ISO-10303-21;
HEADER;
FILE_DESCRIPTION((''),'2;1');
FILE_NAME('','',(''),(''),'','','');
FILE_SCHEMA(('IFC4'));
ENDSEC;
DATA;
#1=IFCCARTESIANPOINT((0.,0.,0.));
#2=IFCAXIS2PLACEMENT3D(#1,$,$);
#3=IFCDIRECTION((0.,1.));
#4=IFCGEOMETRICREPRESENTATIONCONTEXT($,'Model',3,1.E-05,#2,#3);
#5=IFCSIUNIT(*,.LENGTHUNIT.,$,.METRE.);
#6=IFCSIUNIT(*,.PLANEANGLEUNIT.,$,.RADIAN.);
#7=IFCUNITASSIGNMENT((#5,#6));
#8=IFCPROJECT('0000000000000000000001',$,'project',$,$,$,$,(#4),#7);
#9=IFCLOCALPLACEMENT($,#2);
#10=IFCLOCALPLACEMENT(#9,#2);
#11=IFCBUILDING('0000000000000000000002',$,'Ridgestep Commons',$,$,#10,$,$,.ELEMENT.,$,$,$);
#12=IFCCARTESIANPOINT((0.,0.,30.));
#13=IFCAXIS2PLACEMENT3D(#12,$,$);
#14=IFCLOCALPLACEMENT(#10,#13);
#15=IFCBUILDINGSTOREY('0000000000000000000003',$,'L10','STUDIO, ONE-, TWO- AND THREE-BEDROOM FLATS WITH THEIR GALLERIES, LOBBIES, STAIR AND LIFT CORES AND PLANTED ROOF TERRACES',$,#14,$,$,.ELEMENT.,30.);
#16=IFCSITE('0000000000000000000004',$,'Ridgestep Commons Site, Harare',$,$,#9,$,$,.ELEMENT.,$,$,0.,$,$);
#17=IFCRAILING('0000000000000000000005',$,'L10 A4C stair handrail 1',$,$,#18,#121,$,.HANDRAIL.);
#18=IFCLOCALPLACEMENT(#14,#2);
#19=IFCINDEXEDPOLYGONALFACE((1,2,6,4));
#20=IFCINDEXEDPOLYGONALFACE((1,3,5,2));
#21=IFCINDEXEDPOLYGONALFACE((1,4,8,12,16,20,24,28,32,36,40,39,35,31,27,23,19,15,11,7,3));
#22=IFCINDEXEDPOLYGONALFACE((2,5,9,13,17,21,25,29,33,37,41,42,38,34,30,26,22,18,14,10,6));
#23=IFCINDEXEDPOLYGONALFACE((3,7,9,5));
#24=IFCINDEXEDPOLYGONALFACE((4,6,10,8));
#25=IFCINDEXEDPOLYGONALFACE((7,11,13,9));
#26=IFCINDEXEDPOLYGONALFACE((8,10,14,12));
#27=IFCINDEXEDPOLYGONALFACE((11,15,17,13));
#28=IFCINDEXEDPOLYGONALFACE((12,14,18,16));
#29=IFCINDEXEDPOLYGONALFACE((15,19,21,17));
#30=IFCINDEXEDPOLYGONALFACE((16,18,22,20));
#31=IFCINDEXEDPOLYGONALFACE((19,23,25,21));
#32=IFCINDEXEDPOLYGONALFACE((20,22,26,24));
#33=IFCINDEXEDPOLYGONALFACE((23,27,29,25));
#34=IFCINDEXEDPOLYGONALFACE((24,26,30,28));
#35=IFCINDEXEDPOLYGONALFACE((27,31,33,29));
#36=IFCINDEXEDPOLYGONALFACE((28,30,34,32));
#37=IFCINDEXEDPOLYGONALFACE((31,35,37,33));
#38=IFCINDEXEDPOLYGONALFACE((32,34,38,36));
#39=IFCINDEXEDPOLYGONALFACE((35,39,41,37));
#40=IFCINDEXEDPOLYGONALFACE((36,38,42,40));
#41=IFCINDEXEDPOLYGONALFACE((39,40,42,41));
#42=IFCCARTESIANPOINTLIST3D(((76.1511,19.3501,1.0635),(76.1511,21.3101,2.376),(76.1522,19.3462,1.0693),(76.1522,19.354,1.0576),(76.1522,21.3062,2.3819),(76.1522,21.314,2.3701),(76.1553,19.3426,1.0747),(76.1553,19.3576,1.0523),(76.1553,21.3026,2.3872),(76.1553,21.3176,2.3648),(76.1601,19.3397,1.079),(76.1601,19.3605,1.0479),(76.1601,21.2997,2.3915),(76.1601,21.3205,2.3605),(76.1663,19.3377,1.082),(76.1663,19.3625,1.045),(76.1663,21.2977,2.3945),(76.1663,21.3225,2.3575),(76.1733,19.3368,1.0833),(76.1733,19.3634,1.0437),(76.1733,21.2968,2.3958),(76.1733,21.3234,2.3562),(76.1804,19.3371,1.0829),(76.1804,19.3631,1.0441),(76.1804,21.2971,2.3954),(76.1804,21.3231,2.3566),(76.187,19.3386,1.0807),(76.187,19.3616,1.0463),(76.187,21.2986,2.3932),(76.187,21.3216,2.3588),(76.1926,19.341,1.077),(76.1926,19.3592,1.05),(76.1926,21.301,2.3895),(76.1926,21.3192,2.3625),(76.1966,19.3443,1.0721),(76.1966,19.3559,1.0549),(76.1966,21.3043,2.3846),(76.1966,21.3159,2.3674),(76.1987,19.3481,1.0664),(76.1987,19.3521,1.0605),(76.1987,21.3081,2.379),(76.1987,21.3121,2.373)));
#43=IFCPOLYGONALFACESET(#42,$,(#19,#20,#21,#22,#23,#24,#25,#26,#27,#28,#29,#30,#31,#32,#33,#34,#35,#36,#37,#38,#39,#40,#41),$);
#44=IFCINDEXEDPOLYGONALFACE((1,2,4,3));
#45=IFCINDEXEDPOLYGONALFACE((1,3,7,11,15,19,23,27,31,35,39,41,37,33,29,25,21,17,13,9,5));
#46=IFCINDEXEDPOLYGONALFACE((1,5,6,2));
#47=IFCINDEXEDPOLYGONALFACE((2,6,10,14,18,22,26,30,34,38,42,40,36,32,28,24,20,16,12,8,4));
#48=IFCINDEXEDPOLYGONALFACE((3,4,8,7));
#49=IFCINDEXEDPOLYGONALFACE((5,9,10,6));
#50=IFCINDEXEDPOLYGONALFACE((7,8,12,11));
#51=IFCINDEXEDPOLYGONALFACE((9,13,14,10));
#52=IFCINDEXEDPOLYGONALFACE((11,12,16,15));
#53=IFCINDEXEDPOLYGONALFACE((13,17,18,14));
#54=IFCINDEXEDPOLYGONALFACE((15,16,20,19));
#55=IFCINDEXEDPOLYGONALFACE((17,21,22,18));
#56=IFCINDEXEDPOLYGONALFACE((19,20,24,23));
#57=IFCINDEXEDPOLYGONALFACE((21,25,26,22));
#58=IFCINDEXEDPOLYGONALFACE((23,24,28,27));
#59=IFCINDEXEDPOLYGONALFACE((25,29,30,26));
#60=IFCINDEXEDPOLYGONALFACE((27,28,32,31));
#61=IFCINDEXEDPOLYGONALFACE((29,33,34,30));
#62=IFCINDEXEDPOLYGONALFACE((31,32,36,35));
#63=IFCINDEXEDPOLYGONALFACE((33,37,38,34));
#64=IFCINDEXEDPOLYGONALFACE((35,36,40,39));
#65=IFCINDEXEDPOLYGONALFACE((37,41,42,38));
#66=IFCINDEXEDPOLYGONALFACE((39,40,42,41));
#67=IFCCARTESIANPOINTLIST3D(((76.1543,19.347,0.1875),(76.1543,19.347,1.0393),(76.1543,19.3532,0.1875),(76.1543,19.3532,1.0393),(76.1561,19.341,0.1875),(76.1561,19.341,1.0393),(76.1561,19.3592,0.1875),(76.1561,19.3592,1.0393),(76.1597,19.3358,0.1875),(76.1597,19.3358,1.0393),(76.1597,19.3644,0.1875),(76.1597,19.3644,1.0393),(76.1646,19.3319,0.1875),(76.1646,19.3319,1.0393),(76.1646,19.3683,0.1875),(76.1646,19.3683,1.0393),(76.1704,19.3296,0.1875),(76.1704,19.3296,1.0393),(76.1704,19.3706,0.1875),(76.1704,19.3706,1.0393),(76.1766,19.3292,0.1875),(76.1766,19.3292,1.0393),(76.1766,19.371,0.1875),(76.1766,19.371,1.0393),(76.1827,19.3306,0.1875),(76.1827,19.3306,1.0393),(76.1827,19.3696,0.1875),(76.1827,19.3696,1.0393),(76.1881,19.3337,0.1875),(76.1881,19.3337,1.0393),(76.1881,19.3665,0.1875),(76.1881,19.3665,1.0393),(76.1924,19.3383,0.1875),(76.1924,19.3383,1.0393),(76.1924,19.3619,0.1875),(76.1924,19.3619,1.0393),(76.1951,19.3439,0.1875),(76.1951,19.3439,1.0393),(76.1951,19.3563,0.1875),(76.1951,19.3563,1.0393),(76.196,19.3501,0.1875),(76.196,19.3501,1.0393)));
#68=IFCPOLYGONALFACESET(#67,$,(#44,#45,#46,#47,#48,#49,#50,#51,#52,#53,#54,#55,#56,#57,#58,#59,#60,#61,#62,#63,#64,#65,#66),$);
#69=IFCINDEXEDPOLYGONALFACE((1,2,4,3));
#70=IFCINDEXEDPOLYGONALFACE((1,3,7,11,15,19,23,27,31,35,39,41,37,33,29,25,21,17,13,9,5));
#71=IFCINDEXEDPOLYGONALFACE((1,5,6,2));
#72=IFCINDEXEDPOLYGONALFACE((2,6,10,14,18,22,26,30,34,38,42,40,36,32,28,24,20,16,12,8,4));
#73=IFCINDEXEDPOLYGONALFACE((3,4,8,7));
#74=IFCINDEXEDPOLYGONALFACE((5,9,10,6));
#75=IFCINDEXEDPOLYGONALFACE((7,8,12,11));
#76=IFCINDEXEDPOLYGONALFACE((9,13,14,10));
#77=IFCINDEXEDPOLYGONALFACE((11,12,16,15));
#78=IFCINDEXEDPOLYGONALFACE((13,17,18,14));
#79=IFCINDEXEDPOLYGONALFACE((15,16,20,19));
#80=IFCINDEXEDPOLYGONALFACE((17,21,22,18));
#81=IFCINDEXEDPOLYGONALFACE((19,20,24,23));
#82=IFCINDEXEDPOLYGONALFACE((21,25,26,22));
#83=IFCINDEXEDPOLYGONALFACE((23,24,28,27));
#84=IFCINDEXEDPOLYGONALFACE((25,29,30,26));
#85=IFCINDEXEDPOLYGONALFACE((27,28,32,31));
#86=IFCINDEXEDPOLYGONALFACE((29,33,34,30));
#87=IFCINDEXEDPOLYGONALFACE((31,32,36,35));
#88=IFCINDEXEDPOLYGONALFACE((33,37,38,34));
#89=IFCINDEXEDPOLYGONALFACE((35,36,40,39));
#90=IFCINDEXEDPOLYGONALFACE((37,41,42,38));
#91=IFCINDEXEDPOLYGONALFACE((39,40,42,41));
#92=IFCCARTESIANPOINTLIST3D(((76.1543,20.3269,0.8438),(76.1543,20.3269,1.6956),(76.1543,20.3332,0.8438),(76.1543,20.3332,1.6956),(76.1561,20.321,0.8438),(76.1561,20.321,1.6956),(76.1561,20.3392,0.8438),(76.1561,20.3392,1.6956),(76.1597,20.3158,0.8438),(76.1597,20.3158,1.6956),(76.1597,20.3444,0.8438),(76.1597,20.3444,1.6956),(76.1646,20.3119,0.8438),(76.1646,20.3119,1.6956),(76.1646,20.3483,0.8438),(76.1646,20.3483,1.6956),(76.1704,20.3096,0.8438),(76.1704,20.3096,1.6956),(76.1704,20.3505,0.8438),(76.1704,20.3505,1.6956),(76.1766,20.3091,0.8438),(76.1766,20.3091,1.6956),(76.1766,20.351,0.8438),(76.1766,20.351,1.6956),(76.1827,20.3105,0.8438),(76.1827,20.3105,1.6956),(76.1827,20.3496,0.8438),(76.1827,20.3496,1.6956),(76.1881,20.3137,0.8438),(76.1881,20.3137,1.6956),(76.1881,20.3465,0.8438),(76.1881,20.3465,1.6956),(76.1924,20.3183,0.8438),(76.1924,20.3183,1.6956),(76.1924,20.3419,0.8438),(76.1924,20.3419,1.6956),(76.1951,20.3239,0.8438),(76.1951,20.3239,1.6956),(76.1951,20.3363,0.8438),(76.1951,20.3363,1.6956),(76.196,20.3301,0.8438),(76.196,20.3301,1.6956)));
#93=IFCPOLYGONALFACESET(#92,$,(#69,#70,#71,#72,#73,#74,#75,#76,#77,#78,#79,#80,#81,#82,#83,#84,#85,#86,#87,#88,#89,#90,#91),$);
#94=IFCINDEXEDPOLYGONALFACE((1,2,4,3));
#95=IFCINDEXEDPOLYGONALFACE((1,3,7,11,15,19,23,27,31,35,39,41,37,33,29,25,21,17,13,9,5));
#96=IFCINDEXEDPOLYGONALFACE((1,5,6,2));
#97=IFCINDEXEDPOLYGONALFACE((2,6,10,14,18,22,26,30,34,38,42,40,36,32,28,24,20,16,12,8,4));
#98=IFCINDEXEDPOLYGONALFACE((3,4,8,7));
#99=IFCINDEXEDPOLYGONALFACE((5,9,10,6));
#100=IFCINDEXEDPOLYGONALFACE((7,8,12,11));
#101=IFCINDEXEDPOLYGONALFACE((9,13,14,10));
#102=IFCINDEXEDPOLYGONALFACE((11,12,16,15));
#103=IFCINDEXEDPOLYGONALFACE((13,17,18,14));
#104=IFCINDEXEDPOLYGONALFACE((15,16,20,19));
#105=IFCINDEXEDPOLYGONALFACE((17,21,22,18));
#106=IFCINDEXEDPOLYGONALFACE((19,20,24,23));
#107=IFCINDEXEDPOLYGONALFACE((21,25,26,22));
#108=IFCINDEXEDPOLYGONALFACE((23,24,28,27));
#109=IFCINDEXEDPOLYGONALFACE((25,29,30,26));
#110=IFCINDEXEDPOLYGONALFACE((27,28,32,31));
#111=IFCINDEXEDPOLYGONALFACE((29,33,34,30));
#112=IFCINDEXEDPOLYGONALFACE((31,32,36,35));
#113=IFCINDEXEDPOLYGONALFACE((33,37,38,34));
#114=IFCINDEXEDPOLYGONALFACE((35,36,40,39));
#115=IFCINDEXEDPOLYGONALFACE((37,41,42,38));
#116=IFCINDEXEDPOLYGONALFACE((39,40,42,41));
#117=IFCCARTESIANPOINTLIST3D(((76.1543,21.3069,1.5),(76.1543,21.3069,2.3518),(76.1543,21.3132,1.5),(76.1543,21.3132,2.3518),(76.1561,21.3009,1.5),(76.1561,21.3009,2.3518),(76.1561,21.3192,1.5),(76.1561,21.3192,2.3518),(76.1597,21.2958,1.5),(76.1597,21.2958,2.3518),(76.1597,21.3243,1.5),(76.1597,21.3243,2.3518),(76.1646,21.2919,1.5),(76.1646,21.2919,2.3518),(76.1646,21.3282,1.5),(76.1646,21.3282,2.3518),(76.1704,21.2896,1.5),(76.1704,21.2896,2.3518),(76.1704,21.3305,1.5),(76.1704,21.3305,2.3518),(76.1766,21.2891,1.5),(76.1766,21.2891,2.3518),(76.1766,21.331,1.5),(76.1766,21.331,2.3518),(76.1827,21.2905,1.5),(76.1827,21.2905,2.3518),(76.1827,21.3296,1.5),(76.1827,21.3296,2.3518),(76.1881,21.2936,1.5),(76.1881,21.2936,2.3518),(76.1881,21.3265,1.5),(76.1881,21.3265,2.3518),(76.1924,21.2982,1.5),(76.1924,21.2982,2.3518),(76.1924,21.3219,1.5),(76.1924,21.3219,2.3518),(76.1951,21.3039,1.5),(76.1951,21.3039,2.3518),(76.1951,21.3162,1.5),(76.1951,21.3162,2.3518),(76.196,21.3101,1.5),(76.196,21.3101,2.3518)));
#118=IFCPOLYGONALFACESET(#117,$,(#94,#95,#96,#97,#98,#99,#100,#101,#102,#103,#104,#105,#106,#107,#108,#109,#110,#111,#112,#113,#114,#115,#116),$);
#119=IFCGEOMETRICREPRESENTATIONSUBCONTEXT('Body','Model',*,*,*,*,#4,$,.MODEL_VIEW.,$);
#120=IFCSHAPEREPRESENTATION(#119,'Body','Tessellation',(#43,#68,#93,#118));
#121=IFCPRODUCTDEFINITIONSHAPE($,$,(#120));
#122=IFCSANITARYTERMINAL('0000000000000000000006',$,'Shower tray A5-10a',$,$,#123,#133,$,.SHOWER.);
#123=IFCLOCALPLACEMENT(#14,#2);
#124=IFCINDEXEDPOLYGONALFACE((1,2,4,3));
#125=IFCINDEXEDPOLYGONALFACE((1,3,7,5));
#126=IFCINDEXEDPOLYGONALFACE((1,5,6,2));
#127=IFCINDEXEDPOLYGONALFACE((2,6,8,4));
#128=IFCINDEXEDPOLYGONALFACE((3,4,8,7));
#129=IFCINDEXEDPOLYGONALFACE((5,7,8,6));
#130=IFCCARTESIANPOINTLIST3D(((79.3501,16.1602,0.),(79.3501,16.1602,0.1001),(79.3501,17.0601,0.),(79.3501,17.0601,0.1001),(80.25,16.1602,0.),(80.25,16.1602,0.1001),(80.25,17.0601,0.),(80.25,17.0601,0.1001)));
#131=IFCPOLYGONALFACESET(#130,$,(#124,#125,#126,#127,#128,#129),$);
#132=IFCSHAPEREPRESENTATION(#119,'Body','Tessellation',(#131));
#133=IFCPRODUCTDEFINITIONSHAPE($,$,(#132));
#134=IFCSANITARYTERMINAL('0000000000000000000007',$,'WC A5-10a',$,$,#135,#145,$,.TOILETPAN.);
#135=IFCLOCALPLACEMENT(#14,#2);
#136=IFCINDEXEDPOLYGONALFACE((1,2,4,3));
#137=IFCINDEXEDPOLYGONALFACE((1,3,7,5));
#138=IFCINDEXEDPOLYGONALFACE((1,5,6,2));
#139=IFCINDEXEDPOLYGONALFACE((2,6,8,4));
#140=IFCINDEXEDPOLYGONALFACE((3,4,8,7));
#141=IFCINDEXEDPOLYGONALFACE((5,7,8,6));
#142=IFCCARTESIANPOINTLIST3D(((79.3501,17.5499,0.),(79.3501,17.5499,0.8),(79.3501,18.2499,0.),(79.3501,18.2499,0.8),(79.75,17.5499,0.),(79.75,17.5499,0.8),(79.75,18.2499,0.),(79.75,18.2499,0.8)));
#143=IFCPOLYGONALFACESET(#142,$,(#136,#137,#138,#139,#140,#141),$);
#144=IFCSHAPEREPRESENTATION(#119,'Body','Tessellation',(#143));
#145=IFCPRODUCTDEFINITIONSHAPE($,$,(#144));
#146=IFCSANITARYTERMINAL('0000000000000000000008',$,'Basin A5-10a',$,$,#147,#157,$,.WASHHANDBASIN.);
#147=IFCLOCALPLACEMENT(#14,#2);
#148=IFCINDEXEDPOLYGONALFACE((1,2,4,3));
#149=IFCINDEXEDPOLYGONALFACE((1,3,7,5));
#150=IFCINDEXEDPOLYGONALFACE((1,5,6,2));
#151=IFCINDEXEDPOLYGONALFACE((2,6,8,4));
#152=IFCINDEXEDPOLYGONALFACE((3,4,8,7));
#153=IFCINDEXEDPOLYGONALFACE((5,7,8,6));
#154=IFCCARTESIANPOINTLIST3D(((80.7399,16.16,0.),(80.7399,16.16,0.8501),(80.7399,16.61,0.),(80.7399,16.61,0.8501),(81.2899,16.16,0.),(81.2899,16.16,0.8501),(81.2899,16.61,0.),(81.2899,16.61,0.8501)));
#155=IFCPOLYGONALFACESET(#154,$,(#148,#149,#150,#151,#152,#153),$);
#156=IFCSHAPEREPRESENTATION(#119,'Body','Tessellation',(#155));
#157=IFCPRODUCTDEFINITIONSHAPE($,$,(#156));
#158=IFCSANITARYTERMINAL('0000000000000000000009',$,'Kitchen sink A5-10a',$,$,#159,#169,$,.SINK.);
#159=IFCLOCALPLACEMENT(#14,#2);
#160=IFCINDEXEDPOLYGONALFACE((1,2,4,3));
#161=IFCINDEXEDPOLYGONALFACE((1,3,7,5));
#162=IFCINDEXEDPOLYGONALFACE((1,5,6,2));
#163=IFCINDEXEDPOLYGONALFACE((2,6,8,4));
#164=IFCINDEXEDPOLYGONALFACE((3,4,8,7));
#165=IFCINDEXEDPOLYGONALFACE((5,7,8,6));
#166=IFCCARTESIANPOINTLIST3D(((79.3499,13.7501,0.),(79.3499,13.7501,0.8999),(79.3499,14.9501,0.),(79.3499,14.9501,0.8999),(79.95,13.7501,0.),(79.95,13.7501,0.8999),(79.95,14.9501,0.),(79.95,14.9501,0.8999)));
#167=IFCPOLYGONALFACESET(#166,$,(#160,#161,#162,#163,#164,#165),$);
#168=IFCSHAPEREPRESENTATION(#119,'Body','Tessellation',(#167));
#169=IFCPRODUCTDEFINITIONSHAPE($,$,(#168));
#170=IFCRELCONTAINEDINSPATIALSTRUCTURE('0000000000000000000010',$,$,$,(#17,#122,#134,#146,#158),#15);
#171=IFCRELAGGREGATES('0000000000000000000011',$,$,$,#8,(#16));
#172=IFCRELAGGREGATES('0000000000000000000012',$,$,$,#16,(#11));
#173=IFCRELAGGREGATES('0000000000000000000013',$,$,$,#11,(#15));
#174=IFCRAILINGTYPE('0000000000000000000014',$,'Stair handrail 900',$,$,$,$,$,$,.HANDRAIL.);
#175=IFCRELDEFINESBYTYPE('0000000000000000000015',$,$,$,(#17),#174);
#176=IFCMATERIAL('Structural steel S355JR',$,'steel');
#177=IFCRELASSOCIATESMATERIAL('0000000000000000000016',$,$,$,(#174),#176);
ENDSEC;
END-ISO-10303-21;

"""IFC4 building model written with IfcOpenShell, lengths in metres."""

from ifc_helpers import new_model, si_unit, direction, frame, origin, origin_2d, place, context, subcontext, project, spatial, rectangle, circle, extrude, material, type_object, element, save


model = new_model("IFC4")

# Units and contexts
model_context = context("Model", 3, precision=1e-05, world=origin(), true_north=direction((0.0, 1.0)))
body_context = subcontext(model_context, "Body", "Model", "MODEL_VIEW")
ifc_project = project(units=[si_unit("LENGTHUNIT", "METRE"), si_unit("PLANEANGLEUNIT", "RADIAN")], contexts=[model_context])

# Site, building, storey
site_placement = place(None, origin())
site = spatial("IfcSite", under=ifc_project, at=site_placement, Name="Ridgestep Commons Site, Harare", CompositionType="ELEMENT", RefElevation=0.0)
building_placement = place(site_placement, origin())
building = spatial("IfcBuilding", under=site, at=building_placement, Name="Ridgestep Commons", CompositionType="ELEMENT")
storey_placement = place(building_placement, frame((0.0, 0.0, 30.0)))
storey = spatial("IfcBuildingStorey", under=building, at=storey_placement, Name="L10", Description="STUDIO, ONE-, TWO- AND THREE-BEDROOM FLATS WITH THEIR GALLERIES, LOBBIES, STAIR AND LIFT CORES AND PLANTED ROOF TERRACES", CompositionType="ELEMENT", Elevation=30.0)

# Railing
ifc_material_1 = material(Name="Structural steel S355JR", Category="steel")
railing_type = type_object("IfcRailingType", Name="Stair handrail 900", PredefinedType="HANDRAIL", material=ifc_material_1)
railing_placement = place(storey_placement, frame((76.175, 19.3501, 0.1875)))
element("IfcRailing", 1, at=railing_placement, inside=storey, type_object=railing_type, Name="L10 A4C stair handrail 1", PredefinedType="HANDRAIL", context=body_context, shape_type="SweptSolid", body=[
    extrude(circle(Radius=0.0239, at=origin_2d()), frame((0.0, 0.0, 0.876), z_axis=(0.0, 0.830902, 0.556419), x_axis=(-1.0, 0.0, 0.0)), (0.0, 0.0, 1.0), 2.3589),
    extrude(circle(Radius=0.021, at=origin_2d()), origin(), (0.0, 0.0, 1.0), 0.8518),
    extrude(circle(Radius=0.021, at=origin_2d()), frame((0.0, 0.98, 0.6562)), (0.0, 0.0, 1.0), 0.8518),
    extrude(circle(Radius=0.021, at=origin_2d()), frame((0.0, 1.96, 1.3125)), (0.0, 0.0, 1.0), 0.8518),
])

# Sanitary terminals
sanitary_terminal_1_placement = place(storey_placement, frame((79.8, 16.6101, 0.0), z_axis=(0.0, 0.0, 1.0), x_axis=(1.0, 0.0, 0.0)))
element("IfcSanitaryTerminal", 2, at=sanitary_terminal_1_placement, inside=storey, Name="Shower tray A5-10a", PredefinedType="SHOWER", context=body_context, shape_type="SweptSolid", body=[
    extrude(rectangle(XDim=0.8999, YDim=0.8999, at=origin_2d()), origin(), (0.0, 0.0, 1.0), 0.1001),
])
sanitary_terminal_2_placement = place(storey_placement, frame((79.55, 17.8999, 0.0), z_axis=(0.0, 0.0, 1.0), x_axis=(1.0, 0.0, 0.0)))
element("IfcSanitaryTerminal", 3, at=sanitary_terminal_2_placement, inside=storey, Name="WC A5-10a", PredefinedType="TOILETPAN", context=body_context, shape_type="SweptSolid", body=[
    extrude(rectangle(XDim=0.3999, YDim=0.7, at=origin_2d()), origin(), (0.0, 0.0, 1.0), 0.8),
])
sanitary_terminal_3_placement = place(storey_placement, frame((81.0149, 16.385, 0.0), z_axis=(0.0, 0.0, 1.0), x_axis=(1.0, 0.0, 0.0)))
element("IfcSanitaryTerminal", 4, at=sanitary_terminal_3_placement, inside=storey, Name="Basin A5-10a", PredefinedType="WASHHANDBASIN", context=body_context, shape_type="SweptSolid", body=[
    extrude(rectangle(XDim=0.55, YDim=0.45, at=origin_2d()), origin(), (0.0, 0.0, 1.0), 0.8501),
])
sanitary_terminal_4_placement = place(storey_placement, frame((79.6499, 14.3501, 0.0), z_axis=(0.0, 0.0, 1.0), x_axis=(1.0, 0.0, 0.0)))
element("IfcSanitaryTerminal", 5, at=sanitary_terminal_4_placement, inside=storey, Name="Kitchen sink A5-10a", PredefinedType="SINK", context=body_context, shape_type="SweptSolid", body=[
    extrude(rectangle(XDim=0.6001, YDim=1.2, at=origin_2d()), origin(), (0.0, 0.0, 1.0), 0.8999),
])

save(model, "model.ifc")
